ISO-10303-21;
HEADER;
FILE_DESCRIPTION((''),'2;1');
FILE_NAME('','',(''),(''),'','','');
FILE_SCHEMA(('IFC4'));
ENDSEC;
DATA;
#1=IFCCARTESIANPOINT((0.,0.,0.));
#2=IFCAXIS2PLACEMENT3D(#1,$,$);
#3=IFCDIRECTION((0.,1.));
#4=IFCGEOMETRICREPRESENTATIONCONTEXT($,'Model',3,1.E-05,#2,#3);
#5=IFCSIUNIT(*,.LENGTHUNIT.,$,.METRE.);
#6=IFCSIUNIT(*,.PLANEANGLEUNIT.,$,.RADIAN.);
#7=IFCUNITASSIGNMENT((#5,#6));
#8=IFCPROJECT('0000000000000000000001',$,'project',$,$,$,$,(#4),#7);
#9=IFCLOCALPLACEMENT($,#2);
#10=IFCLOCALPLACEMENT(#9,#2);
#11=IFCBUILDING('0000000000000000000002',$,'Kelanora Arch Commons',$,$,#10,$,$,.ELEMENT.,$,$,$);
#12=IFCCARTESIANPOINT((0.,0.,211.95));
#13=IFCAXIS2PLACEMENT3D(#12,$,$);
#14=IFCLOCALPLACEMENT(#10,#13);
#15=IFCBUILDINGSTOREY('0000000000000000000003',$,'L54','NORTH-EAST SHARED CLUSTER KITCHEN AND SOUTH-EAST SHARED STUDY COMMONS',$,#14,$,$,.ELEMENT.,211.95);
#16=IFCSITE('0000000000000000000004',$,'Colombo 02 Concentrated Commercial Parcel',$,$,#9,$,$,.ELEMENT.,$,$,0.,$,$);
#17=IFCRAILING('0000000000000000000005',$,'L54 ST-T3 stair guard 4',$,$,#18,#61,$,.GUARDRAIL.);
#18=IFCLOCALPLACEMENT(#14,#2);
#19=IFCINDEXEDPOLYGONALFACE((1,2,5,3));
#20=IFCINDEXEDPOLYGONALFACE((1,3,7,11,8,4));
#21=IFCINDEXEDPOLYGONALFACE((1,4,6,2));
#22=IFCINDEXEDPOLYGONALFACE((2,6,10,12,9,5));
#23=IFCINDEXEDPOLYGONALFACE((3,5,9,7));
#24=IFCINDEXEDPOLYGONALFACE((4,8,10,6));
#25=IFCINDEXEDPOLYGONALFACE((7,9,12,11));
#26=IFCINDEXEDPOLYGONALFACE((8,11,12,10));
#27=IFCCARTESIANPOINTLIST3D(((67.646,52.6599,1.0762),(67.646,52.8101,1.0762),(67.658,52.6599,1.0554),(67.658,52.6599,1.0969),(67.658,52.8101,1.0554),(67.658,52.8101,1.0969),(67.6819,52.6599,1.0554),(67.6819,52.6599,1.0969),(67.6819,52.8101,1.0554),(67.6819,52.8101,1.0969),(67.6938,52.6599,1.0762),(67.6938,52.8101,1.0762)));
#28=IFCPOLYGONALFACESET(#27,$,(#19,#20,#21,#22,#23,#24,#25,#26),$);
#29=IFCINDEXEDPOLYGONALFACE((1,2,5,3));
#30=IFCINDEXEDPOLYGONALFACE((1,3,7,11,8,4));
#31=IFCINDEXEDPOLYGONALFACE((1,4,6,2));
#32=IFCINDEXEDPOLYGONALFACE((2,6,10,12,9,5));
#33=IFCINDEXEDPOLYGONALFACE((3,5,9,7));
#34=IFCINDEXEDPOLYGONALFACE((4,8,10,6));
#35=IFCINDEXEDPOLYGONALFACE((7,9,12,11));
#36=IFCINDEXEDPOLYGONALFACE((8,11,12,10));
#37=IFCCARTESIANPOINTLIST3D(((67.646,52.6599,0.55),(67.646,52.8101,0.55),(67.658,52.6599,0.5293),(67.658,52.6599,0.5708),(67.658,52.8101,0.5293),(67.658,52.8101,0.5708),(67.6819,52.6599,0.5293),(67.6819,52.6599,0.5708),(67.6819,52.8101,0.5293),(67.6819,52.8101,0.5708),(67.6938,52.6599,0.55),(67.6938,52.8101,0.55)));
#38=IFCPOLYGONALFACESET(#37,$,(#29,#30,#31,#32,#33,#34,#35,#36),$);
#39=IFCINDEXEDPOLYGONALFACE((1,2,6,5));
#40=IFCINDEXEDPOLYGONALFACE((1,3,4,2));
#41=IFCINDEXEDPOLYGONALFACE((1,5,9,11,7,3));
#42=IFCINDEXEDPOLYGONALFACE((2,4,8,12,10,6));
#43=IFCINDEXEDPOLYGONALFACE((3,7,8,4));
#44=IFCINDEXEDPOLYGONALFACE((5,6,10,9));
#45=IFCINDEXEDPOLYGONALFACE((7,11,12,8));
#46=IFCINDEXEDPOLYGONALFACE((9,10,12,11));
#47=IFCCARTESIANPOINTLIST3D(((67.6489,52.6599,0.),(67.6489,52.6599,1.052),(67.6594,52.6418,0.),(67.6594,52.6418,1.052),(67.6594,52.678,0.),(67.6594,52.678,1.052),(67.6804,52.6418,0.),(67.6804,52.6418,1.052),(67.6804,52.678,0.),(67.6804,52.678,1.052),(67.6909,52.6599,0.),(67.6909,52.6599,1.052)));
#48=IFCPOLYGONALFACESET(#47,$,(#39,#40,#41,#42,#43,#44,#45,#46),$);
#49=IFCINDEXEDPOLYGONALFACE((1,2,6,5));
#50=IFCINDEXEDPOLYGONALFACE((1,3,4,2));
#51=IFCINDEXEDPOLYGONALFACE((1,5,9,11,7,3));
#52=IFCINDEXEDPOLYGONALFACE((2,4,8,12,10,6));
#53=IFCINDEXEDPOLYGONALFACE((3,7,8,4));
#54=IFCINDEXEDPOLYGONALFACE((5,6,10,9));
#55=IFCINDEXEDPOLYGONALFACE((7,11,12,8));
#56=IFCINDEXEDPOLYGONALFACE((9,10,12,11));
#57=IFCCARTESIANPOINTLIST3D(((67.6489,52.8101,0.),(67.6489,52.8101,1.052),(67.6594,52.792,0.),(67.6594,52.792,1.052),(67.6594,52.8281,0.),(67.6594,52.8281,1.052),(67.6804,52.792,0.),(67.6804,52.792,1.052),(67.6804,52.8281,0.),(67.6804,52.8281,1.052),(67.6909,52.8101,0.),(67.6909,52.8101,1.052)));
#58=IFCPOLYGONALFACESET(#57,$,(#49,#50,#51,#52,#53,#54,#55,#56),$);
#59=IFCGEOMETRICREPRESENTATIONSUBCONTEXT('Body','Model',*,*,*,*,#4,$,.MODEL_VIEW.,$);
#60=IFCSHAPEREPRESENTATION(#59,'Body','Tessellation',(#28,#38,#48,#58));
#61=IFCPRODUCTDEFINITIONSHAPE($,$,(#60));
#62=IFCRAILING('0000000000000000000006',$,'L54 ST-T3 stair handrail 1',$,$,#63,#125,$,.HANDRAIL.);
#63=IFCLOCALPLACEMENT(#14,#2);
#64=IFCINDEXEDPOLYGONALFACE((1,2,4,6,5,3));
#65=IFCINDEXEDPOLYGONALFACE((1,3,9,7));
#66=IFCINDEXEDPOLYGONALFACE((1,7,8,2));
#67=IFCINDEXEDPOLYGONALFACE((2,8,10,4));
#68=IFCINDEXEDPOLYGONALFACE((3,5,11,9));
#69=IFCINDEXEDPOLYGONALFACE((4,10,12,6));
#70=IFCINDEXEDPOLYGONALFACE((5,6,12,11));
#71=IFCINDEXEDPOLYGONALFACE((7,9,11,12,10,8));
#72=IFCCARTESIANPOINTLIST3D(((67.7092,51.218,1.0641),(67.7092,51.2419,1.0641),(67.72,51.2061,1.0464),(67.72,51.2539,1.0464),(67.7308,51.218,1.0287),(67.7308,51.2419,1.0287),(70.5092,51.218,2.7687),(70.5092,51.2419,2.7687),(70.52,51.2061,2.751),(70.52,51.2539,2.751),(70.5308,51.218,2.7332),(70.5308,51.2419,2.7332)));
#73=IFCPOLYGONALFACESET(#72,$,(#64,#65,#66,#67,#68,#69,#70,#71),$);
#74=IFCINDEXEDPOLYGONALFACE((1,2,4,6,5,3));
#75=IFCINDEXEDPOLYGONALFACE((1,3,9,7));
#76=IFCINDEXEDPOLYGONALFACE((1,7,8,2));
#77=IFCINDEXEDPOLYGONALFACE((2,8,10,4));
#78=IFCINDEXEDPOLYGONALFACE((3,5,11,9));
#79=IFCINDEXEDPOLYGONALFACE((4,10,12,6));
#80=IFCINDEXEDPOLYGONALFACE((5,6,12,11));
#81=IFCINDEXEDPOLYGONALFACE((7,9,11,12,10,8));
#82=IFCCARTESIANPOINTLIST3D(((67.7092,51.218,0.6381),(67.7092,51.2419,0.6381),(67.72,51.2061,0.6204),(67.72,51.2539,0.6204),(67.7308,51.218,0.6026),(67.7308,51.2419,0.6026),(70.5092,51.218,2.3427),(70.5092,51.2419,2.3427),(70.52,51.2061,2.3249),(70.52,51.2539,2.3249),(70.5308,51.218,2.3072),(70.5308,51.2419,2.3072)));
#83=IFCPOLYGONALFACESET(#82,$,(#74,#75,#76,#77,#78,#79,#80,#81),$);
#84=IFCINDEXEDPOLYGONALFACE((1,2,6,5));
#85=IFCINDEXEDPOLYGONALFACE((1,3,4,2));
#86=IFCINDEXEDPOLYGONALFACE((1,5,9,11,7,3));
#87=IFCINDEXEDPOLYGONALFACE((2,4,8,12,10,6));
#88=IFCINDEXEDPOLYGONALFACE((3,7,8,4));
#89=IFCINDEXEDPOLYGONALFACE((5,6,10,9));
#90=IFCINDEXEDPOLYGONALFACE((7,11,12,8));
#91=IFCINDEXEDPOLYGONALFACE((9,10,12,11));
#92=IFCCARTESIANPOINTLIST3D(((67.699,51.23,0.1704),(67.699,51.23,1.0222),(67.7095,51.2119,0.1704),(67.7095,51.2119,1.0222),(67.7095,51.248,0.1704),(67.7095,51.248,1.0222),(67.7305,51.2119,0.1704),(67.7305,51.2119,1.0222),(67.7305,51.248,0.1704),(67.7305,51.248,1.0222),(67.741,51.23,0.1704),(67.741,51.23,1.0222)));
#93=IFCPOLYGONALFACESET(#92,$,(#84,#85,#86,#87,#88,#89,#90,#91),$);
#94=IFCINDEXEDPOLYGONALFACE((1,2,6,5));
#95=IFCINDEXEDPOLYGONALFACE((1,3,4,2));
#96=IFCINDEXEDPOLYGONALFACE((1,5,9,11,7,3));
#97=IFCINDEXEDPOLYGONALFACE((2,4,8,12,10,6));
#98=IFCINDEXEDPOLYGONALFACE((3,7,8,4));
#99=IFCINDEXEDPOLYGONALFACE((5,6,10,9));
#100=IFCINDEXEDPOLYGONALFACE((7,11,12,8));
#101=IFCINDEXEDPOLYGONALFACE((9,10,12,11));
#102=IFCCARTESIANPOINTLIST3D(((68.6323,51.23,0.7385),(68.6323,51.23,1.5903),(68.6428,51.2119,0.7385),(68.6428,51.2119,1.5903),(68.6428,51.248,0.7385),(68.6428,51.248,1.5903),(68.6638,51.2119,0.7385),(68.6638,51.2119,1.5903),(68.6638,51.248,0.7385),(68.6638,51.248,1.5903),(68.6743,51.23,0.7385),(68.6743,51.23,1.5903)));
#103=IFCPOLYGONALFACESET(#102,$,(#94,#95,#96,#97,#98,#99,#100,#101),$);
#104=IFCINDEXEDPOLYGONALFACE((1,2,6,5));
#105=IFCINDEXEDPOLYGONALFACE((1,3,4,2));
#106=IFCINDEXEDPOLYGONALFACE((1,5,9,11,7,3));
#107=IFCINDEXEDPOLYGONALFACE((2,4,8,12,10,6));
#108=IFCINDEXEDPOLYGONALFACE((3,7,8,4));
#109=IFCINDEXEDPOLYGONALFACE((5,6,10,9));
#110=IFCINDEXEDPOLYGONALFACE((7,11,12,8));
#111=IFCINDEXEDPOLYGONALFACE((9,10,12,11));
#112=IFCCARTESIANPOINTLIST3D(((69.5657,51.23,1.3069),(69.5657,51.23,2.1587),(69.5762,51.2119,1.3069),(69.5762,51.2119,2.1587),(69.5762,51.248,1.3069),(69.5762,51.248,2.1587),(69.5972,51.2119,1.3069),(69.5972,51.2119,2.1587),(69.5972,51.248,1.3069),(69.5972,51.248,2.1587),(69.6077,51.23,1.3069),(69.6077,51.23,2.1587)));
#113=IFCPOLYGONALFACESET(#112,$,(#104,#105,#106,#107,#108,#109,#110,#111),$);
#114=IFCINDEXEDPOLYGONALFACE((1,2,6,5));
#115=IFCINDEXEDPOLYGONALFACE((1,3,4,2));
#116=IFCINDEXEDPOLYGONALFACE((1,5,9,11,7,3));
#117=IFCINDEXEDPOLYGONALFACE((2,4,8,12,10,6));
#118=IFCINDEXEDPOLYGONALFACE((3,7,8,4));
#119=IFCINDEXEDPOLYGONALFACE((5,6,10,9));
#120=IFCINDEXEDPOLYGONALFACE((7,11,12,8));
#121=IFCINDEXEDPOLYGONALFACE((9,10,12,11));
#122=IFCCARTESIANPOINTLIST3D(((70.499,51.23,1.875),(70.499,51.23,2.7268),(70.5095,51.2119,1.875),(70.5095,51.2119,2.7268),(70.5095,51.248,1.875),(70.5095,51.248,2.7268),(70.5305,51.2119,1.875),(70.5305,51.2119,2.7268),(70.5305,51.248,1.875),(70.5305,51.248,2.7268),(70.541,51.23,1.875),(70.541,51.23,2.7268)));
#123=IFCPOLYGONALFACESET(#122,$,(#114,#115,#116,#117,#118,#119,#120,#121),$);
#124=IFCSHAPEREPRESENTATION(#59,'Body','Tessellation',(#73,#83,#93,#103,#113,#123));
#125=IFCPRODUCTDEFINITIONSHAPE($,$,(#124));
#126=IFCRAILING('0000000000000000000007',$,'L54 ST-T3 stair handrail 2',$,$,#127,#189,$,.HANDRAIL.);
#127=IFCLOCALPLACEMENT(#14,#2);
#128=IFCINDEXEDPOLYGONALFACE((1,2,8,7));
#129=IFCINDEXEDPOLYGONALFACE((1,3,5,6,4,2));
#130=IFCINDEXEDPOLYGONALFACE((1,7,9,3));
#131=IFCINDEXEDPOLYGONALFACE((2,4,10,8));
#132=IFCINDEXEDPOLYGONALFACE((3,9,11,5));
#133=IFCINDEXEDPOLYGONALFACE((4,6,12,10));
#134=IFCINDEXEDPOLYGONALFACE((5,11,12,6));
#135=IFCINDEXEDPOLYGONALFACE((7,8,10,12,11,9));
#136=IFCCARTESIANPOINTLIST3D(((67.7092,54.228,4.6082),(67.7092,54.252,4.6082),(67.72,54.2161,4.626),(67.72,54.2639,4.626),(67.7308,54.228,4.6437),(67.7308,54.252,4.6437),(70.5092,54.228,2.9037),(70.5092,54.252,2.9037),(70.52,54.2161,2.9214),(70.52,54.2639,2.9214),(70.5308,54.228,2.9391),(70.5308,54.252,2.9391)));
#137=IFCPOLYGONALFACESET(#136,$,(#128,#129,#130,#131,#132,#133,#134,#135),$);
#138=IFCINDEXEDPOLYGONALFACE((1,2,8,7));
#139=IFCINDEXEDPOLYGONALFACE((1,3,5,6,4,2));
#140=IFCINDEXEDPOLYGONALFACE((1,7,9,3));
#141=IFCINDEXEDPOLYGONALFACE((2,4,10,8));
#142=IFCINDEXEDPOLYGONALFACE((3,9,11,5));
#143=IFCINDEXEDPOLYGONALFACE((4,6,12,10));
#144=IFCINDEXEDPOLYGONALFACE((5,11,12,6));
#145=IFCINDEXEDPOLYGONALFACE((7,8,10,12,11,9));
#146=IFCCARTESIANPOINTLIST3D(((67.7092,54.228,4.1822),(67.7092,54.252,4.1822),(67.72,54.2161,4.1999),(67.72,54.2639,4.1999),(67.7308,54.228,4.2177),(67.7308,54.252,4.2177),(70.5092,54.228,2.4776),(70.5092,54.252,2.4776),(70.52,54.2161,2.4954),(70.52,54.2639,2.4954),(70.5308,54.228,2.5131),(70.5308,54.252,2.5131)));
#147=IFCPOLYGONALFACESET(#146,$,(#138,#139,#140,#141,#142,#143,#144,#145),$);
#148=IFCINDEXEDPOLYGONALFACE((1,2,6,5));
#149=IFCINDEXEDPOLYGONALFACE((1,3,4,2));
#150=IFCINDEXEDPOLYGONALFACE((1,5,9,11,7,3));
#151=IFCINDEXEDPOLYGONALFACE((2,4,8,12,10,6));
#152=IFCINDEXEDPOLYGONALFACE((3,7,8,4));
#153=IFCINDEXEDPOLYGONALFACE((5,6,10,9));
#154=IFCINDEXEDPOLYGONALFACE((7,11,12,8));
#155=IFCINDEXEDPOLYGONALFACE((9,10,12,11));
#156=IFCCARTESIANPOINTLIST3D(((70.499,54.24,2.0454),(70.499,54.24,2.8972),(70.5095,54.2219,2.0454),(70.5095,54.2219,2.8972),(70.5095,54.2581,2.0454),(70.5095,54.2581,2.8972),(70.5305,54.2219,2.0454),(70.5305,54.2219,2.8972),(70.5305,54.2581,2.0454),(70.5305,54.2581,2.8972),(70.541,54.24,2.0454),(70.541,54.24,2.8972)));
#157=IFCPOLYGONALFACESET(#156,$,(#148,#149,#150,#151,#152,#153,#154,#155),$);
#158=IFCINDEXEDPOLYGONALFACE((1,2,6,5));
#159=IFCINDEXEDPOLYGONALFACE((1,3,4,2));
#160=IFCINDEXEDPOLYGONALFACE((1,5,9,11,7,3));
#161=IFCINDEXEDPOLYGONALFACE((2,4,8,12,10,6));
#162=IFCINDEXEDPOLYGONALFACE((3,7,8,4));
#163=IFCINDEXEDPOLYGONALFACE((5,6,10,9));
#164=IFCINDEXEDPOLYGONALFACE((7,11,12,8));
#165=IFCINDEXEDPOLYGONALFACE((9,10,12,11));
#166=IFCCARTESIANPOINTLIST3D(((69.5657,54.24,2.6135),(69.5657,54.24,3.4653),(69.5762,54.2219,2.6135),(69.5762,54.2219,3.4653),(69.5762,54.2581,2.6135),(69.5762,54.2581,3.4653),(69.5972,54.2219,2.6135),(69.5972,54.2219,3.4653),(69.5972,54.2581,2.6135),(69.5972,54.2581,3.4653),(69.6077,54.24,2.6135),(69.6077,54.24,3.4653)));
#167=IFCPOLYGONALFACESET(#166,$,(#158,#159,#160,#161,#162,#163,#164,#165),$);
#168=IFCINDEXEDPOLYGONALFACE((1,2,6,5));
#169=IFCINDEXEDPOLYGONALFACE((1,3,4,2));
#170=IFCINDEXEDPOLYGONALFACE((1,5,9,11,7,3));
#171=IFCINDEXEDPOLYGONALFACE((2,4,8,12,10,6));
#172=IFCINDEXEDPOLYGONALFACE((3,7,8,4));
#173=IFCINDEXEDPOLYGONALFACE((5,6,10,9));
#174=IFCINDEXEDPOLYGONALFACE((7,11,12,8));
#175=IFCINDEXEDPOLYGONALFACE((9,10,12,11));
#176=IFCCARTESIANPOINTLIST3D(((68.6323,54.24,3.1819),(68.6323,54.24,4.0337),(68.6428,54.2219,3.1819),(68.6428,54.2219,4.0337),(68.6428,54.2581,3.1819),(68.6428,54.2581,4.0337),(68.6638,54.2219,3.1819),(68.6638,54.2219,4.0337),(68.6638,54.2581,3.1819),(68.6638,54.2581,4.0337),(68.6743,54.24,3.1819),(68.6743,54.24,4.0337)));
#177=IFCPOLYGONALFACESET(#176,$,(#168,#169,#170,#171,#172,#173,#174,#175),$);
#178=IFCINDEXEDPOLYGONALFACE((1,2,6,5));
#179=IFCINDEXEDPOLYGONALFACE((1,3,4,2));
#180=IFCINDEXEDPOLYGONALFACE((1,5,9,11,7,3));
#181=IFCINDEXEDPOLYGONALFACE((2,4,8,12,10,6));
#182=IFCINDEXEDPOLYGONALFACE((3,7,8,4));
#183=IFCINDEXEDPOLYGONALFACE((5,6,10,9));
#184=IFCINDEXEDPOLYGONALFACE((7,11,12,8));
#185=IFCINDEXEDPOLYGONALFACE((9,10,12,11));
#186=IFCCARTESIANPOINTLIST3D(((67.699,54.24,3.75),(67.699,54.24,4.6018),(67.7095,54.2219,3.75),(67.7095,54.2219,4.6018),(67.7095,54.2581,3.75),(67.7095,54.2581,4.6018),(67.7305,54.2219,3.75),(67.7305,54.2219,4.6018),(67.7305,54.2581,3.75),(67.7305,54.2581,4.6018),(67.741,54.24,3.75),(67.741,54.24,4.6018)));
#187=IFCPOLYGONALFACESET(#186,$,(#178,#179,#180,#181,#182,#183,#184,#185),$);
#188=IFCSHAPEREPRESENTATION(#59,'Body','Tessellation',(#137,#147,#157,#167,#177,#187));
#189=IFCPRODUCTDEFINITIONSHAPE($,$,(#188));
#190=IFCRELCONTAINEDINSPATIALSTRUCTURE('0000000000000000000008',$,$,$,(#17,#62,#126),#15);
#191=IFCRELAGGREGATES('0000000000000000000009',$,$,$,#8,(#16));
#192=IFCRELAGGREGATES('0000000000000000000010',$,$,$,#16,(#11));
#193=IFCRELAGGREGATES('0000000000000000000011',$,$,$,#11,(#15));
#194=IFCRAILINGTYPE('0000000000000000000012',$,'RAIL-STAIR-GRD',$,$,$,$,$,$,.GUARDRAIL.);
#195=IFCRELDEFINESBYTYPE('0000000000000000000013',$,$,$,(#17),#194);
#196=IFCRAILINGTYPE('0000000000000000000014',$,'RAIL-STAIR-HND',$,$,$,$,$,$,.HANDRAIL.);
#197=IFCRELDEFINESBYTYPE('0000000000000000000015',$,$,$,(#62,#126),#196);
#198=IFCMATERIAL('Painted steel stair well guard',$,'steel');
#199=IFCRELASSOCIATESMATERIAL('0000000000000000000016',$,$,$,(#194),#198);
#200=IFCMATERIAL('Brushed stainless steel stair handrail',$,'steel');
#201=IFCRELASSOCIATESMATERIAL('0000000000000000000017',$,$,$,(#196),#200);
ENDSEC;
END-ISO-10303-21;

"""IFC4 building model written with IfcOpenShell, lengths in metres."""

from ifc_helpers import new_model, si_unit, direction, frame, origin, place, context, subcontext, project, spatial, polyline, outline, extrude, material, type_object, element, save


model = new_model("IFC4")

# Units and contexts
model_context = context("Model", 3, precision=1e-05, world=origin(), true_north=direction((0.0, 1.0)))
body_context = subcontext(model_context, "Body", "Model", "MODEL_VIEW")
ifc_project = project(units=[si_unit("LENGTHUNIT", "METRE"), si_unit("PLANEANGLEUNIT", "RADIAN")], contexts=[model_context])

# Site, building, storey
site_placement = place(None, origin())
site = spatial("IfcSite", under=ifc_project, at=site_placement, Name="Colombo 02 Concentrated Commercial Parcel", CompositionType="ELEMENT", RefElevation=0.0)
building_placement = place(site_placement, origin())
building = spatial("IfcBuilding", under=site, at=building_placement, Name="Kelanora Arch Commons", CompositionType="ELEMENT")
storey_placement = place(building_placement, frame((0.0, 0.0, 211.95)))
storey = spatial("IfcBuildingStorey", under=building, at=storey_placement, Name="L54", Description="NORTH-EAST SHARED CLUSTER KITCHEN AND SOUTH-EAST SHARED STUDY COMMONS", CompositionType="ELEMENT", Elevation=211.95)

# Railings
ifc_material_1 = material(Name="Painted steel stair well guard", Category="steel")
railing_type_1 = type_object("IfcRailingType", Name="RAIL-STAIR-GRD", PredefinedType="GUARDRAIL", material=ifc_material_1)
railing_1_placement = place(storey_placement, frame((67.6699, 52.6599, 0.0)))
element("IfcRailing", 1, at=railing_1_placement, inside=storey, type_object=railing_type_1, Name="L54 ST-T3 stair guard 4", PredefinedType="GUARDRAIL", context=body_context, shape_type="SweptSolid", body=[
    extrude(outline(polyline([(0.0239, 0.0), (0.012, 0.0208), (-0.012, 0.0208), (-0.0239, 0.0), (-0.012, -0.0208), (0.012, -0.0208), (0.0239, 0.0)])), frame((0.0, 0.0, 1.0762), z_axis=(0.0, 1.0, 0.0), x_axis=(-1.0, 0.0, 0.0)), (0.0, 0.0, 1.0), 0.1501),
    extrude(outline(polyline([(0.0239, 0.0), (0.012, 0.0208), (-0.012, 0.0208), (-0.0239, 0.0), (-0.012, -0.0208), (0.012, -0.0208), (0.0239, 0.0)])), frame((0.0, 0.0, 0.55), z_axis=(0.0, 1.0, 0.0), x_axis=(-1.0, 0.0, 0.0)), (0.0, 0.0, 1.0), 0.1501),
    extrude(outline(polyline([(0.021, 0.0), (0.0105, 0.0181), (-0.0105, 0.0181), (-0.021, 0.0), (-0.0105, -0.0181), (0.0105, -0.0181), (0.021, 0.0)])), origin(), (0.0, 0.0, 1.0), 1.052),
    extrude(outline(polyline([(0.021, 0.0), (0.0105, 0.0181), (-0.0105, 0.0181), (-0.021, 0.0), (-0.0105, -0.0181), (0.0105, -0.0181), (0.021, 0.0)])), frame((0.0, 0.1501, 0.0)), (0.0, 0.0, 1.0), 1.052),
])
ifc_material_2 = material(Name="Brushed stainless steel stair handrail", Category="steel")
railing_type_2 = type_object("IfcRailingType", Name="RAIL-STAIR-HND", PredefinedType="HANDRAIL", material=ifc_material_2)
railing_2_placement = place(storey_placement, frame((67.72, 51.23, 0.1704)))
element("IfcRailing", 2, at=railing_2_placement, inside=storey, type_object=railing_type_2, Name="L54 ST-T3 stair handrail 1", PredefinedType="HANDRAIL", context=body_context, shape_type="SweptSolid", body=[
    extrude(outline(polyline([(0.0239, 0.0), (0.012, 0.0208), (-0.012, 0.0208), (-0.0239, 0.0), (-0.012, -0.0208), (0.012, -0.0208), (0.0239, 0.0)])), frame((0.0, 0.0, 0.876), z_axis=(0.85417, 0.0, 0.519994), x_axis=(0.0, 1.0, 0.0)), (0.0, 0.0, 1.0), 3.2781),
    extrude(outline(polyline([(0.0239, 0.0), (0.012, 0.0208), (-0.012, 0.0208), (-0.0239, 0.0), (-0.012, -0.0208), (0.012, -0.0208), (0.0239, 0.0)])), frame((0.0, 0.0, 0.45), z_axis=(0.85417, 0.0, 0.519994), x_axis=(0.0, 1.0, 0.0)), (0.0, 0.0, 1.0), 3.2781),
    extrude(outline(polyline([(0.021, 0.0), (0.0105, 0.0181), (-0.0105, 0.0181), (-0.021, 0.0), (-0.0105, -0.0181), (0.0105, -0.0181), (0.021, 0.0)])), origin(), (0.0, 0.0, 1.0), 0.8518),
    extrude(outline(polyline([(0.021, 0.0), (0.0105, 0.0181), (-0.0105, 0.0181), (-0.021, 0.0), (-0.0105, -0.0181), (0.0105, -0.0181), (0.021, 0.0)])), frame((0.9333, 0.0, 0.5681)), (0.0, 0.0, 1.0), 0.8518),
    extrude(outline(polyline([(0.021, 0.0), (0.0105, 0.0181), (-0.0105, 0.0181), (-0.021, 0.0), (-0.0105, -0.0181), (0.0105, -0.0181), (0.021, 0.0)])), frame((1.8667, 0.0, 1.1365)), (0.0, 0.0, 1.0), 0.8518),
    extrude(outline(polyline([(0.021, 0.0), (0.0105, 0.0181), (-0.0105, 0.0181), (-0.021, 0.0), (-0.0105, -0.0181), (0.0105, -0.0181), (0.021, 0.0)])), frame((2.8, 0.0, 1.7046)), (0.0, 0.0, 1.0), 0.8518),
])
railing_3_placement = place(storey_placement, frame((70.52, 54.24, 2.0454)))
element("IfcRailing", 3, at=railing_3_placement, inside=storey, type_object=railing_type_2, Name="L54 ST-T3 stair handrail 2", PredefinedType="HANDRAIL", context=body_context, shape_type="SweptSolid", body=[
    extrude(outline(polyline([(0.0239, 0.0), (0.012, 0.0208), (-0.012, 0.0208), (-0.0239, 0.0), (-0.012, -0.0208), (0.012, -0.0208), (0.0239, 0.0)])), frame((0.0, 0.0, 0.876), z_axis=(-0.85417, 0.0, 0.519994), x_axis=(0.0, -1.0, 0.0)), (0.0, 0.0, 1.0), 3.2781),
    extrude(outline(polyline([(0.0239, 0.0), (0.012, 0.0208), (-0.012, 0.0208), (-0.0239, 0.0), (-0.012, -0.0208), (0.012, -0.0208), (0.0239, 0.0)])), frame((0.0, 0.0, 0.45), z_axis=(-0.85417, 0.0, 0.519994), x_axis=(0.0, -1.0, 0.0)), (0.0, 0.0, 1.0), 3.2781),
    extrude(outline(polyline([(0.021, 0.0), (0.0105, 0.0181), (-0.0105, 0.0181), (-0.021, 0.0), (-0.0105, -0.0181), (0.0105, -0.0181), (0.021, 0.0)])), origin(), (0.0, 0.0, 1.0), 0.8518),
    extrude(outline(polyline([(0.021, 0.0), (0.0105, 0.0181), (-0.0105, 0.0181), (-0.021, 0.0), (-0.0105, -0.0181), (0.0105, -0.0181), (0.021, 0.0)])), frame((-0.9333, 0.0, 0.5681)), (0.0, 0.0, 1.0), 0.8518),
    extrude(outline(polyline([(0.021, 0.0), (0.0105, 0.0181), (-0.0105, 0.0181), (-0.021, 0.0), (-0.0105, -0.0181), (0.0105, -0.0181), (0.021, 0.0)])), frame((-1.8667, 0.0, 1.1365)), (0.0, 0.0, 1.0), 0.8518),
    extrude(outline(polyline([(0.021, 0.0), (0.0105, 0.0181), (-0.0105, 0.0181), (-0.021, 0.0), (-0.0105, -0.0181), (0.0105, -0.0181), (0.021, 0.0)])), frame((-2.8, 0.0, 1.7046)), (0.0, 0.0, 1.0), 0.8518),
])

save(model, "model.ifc")
